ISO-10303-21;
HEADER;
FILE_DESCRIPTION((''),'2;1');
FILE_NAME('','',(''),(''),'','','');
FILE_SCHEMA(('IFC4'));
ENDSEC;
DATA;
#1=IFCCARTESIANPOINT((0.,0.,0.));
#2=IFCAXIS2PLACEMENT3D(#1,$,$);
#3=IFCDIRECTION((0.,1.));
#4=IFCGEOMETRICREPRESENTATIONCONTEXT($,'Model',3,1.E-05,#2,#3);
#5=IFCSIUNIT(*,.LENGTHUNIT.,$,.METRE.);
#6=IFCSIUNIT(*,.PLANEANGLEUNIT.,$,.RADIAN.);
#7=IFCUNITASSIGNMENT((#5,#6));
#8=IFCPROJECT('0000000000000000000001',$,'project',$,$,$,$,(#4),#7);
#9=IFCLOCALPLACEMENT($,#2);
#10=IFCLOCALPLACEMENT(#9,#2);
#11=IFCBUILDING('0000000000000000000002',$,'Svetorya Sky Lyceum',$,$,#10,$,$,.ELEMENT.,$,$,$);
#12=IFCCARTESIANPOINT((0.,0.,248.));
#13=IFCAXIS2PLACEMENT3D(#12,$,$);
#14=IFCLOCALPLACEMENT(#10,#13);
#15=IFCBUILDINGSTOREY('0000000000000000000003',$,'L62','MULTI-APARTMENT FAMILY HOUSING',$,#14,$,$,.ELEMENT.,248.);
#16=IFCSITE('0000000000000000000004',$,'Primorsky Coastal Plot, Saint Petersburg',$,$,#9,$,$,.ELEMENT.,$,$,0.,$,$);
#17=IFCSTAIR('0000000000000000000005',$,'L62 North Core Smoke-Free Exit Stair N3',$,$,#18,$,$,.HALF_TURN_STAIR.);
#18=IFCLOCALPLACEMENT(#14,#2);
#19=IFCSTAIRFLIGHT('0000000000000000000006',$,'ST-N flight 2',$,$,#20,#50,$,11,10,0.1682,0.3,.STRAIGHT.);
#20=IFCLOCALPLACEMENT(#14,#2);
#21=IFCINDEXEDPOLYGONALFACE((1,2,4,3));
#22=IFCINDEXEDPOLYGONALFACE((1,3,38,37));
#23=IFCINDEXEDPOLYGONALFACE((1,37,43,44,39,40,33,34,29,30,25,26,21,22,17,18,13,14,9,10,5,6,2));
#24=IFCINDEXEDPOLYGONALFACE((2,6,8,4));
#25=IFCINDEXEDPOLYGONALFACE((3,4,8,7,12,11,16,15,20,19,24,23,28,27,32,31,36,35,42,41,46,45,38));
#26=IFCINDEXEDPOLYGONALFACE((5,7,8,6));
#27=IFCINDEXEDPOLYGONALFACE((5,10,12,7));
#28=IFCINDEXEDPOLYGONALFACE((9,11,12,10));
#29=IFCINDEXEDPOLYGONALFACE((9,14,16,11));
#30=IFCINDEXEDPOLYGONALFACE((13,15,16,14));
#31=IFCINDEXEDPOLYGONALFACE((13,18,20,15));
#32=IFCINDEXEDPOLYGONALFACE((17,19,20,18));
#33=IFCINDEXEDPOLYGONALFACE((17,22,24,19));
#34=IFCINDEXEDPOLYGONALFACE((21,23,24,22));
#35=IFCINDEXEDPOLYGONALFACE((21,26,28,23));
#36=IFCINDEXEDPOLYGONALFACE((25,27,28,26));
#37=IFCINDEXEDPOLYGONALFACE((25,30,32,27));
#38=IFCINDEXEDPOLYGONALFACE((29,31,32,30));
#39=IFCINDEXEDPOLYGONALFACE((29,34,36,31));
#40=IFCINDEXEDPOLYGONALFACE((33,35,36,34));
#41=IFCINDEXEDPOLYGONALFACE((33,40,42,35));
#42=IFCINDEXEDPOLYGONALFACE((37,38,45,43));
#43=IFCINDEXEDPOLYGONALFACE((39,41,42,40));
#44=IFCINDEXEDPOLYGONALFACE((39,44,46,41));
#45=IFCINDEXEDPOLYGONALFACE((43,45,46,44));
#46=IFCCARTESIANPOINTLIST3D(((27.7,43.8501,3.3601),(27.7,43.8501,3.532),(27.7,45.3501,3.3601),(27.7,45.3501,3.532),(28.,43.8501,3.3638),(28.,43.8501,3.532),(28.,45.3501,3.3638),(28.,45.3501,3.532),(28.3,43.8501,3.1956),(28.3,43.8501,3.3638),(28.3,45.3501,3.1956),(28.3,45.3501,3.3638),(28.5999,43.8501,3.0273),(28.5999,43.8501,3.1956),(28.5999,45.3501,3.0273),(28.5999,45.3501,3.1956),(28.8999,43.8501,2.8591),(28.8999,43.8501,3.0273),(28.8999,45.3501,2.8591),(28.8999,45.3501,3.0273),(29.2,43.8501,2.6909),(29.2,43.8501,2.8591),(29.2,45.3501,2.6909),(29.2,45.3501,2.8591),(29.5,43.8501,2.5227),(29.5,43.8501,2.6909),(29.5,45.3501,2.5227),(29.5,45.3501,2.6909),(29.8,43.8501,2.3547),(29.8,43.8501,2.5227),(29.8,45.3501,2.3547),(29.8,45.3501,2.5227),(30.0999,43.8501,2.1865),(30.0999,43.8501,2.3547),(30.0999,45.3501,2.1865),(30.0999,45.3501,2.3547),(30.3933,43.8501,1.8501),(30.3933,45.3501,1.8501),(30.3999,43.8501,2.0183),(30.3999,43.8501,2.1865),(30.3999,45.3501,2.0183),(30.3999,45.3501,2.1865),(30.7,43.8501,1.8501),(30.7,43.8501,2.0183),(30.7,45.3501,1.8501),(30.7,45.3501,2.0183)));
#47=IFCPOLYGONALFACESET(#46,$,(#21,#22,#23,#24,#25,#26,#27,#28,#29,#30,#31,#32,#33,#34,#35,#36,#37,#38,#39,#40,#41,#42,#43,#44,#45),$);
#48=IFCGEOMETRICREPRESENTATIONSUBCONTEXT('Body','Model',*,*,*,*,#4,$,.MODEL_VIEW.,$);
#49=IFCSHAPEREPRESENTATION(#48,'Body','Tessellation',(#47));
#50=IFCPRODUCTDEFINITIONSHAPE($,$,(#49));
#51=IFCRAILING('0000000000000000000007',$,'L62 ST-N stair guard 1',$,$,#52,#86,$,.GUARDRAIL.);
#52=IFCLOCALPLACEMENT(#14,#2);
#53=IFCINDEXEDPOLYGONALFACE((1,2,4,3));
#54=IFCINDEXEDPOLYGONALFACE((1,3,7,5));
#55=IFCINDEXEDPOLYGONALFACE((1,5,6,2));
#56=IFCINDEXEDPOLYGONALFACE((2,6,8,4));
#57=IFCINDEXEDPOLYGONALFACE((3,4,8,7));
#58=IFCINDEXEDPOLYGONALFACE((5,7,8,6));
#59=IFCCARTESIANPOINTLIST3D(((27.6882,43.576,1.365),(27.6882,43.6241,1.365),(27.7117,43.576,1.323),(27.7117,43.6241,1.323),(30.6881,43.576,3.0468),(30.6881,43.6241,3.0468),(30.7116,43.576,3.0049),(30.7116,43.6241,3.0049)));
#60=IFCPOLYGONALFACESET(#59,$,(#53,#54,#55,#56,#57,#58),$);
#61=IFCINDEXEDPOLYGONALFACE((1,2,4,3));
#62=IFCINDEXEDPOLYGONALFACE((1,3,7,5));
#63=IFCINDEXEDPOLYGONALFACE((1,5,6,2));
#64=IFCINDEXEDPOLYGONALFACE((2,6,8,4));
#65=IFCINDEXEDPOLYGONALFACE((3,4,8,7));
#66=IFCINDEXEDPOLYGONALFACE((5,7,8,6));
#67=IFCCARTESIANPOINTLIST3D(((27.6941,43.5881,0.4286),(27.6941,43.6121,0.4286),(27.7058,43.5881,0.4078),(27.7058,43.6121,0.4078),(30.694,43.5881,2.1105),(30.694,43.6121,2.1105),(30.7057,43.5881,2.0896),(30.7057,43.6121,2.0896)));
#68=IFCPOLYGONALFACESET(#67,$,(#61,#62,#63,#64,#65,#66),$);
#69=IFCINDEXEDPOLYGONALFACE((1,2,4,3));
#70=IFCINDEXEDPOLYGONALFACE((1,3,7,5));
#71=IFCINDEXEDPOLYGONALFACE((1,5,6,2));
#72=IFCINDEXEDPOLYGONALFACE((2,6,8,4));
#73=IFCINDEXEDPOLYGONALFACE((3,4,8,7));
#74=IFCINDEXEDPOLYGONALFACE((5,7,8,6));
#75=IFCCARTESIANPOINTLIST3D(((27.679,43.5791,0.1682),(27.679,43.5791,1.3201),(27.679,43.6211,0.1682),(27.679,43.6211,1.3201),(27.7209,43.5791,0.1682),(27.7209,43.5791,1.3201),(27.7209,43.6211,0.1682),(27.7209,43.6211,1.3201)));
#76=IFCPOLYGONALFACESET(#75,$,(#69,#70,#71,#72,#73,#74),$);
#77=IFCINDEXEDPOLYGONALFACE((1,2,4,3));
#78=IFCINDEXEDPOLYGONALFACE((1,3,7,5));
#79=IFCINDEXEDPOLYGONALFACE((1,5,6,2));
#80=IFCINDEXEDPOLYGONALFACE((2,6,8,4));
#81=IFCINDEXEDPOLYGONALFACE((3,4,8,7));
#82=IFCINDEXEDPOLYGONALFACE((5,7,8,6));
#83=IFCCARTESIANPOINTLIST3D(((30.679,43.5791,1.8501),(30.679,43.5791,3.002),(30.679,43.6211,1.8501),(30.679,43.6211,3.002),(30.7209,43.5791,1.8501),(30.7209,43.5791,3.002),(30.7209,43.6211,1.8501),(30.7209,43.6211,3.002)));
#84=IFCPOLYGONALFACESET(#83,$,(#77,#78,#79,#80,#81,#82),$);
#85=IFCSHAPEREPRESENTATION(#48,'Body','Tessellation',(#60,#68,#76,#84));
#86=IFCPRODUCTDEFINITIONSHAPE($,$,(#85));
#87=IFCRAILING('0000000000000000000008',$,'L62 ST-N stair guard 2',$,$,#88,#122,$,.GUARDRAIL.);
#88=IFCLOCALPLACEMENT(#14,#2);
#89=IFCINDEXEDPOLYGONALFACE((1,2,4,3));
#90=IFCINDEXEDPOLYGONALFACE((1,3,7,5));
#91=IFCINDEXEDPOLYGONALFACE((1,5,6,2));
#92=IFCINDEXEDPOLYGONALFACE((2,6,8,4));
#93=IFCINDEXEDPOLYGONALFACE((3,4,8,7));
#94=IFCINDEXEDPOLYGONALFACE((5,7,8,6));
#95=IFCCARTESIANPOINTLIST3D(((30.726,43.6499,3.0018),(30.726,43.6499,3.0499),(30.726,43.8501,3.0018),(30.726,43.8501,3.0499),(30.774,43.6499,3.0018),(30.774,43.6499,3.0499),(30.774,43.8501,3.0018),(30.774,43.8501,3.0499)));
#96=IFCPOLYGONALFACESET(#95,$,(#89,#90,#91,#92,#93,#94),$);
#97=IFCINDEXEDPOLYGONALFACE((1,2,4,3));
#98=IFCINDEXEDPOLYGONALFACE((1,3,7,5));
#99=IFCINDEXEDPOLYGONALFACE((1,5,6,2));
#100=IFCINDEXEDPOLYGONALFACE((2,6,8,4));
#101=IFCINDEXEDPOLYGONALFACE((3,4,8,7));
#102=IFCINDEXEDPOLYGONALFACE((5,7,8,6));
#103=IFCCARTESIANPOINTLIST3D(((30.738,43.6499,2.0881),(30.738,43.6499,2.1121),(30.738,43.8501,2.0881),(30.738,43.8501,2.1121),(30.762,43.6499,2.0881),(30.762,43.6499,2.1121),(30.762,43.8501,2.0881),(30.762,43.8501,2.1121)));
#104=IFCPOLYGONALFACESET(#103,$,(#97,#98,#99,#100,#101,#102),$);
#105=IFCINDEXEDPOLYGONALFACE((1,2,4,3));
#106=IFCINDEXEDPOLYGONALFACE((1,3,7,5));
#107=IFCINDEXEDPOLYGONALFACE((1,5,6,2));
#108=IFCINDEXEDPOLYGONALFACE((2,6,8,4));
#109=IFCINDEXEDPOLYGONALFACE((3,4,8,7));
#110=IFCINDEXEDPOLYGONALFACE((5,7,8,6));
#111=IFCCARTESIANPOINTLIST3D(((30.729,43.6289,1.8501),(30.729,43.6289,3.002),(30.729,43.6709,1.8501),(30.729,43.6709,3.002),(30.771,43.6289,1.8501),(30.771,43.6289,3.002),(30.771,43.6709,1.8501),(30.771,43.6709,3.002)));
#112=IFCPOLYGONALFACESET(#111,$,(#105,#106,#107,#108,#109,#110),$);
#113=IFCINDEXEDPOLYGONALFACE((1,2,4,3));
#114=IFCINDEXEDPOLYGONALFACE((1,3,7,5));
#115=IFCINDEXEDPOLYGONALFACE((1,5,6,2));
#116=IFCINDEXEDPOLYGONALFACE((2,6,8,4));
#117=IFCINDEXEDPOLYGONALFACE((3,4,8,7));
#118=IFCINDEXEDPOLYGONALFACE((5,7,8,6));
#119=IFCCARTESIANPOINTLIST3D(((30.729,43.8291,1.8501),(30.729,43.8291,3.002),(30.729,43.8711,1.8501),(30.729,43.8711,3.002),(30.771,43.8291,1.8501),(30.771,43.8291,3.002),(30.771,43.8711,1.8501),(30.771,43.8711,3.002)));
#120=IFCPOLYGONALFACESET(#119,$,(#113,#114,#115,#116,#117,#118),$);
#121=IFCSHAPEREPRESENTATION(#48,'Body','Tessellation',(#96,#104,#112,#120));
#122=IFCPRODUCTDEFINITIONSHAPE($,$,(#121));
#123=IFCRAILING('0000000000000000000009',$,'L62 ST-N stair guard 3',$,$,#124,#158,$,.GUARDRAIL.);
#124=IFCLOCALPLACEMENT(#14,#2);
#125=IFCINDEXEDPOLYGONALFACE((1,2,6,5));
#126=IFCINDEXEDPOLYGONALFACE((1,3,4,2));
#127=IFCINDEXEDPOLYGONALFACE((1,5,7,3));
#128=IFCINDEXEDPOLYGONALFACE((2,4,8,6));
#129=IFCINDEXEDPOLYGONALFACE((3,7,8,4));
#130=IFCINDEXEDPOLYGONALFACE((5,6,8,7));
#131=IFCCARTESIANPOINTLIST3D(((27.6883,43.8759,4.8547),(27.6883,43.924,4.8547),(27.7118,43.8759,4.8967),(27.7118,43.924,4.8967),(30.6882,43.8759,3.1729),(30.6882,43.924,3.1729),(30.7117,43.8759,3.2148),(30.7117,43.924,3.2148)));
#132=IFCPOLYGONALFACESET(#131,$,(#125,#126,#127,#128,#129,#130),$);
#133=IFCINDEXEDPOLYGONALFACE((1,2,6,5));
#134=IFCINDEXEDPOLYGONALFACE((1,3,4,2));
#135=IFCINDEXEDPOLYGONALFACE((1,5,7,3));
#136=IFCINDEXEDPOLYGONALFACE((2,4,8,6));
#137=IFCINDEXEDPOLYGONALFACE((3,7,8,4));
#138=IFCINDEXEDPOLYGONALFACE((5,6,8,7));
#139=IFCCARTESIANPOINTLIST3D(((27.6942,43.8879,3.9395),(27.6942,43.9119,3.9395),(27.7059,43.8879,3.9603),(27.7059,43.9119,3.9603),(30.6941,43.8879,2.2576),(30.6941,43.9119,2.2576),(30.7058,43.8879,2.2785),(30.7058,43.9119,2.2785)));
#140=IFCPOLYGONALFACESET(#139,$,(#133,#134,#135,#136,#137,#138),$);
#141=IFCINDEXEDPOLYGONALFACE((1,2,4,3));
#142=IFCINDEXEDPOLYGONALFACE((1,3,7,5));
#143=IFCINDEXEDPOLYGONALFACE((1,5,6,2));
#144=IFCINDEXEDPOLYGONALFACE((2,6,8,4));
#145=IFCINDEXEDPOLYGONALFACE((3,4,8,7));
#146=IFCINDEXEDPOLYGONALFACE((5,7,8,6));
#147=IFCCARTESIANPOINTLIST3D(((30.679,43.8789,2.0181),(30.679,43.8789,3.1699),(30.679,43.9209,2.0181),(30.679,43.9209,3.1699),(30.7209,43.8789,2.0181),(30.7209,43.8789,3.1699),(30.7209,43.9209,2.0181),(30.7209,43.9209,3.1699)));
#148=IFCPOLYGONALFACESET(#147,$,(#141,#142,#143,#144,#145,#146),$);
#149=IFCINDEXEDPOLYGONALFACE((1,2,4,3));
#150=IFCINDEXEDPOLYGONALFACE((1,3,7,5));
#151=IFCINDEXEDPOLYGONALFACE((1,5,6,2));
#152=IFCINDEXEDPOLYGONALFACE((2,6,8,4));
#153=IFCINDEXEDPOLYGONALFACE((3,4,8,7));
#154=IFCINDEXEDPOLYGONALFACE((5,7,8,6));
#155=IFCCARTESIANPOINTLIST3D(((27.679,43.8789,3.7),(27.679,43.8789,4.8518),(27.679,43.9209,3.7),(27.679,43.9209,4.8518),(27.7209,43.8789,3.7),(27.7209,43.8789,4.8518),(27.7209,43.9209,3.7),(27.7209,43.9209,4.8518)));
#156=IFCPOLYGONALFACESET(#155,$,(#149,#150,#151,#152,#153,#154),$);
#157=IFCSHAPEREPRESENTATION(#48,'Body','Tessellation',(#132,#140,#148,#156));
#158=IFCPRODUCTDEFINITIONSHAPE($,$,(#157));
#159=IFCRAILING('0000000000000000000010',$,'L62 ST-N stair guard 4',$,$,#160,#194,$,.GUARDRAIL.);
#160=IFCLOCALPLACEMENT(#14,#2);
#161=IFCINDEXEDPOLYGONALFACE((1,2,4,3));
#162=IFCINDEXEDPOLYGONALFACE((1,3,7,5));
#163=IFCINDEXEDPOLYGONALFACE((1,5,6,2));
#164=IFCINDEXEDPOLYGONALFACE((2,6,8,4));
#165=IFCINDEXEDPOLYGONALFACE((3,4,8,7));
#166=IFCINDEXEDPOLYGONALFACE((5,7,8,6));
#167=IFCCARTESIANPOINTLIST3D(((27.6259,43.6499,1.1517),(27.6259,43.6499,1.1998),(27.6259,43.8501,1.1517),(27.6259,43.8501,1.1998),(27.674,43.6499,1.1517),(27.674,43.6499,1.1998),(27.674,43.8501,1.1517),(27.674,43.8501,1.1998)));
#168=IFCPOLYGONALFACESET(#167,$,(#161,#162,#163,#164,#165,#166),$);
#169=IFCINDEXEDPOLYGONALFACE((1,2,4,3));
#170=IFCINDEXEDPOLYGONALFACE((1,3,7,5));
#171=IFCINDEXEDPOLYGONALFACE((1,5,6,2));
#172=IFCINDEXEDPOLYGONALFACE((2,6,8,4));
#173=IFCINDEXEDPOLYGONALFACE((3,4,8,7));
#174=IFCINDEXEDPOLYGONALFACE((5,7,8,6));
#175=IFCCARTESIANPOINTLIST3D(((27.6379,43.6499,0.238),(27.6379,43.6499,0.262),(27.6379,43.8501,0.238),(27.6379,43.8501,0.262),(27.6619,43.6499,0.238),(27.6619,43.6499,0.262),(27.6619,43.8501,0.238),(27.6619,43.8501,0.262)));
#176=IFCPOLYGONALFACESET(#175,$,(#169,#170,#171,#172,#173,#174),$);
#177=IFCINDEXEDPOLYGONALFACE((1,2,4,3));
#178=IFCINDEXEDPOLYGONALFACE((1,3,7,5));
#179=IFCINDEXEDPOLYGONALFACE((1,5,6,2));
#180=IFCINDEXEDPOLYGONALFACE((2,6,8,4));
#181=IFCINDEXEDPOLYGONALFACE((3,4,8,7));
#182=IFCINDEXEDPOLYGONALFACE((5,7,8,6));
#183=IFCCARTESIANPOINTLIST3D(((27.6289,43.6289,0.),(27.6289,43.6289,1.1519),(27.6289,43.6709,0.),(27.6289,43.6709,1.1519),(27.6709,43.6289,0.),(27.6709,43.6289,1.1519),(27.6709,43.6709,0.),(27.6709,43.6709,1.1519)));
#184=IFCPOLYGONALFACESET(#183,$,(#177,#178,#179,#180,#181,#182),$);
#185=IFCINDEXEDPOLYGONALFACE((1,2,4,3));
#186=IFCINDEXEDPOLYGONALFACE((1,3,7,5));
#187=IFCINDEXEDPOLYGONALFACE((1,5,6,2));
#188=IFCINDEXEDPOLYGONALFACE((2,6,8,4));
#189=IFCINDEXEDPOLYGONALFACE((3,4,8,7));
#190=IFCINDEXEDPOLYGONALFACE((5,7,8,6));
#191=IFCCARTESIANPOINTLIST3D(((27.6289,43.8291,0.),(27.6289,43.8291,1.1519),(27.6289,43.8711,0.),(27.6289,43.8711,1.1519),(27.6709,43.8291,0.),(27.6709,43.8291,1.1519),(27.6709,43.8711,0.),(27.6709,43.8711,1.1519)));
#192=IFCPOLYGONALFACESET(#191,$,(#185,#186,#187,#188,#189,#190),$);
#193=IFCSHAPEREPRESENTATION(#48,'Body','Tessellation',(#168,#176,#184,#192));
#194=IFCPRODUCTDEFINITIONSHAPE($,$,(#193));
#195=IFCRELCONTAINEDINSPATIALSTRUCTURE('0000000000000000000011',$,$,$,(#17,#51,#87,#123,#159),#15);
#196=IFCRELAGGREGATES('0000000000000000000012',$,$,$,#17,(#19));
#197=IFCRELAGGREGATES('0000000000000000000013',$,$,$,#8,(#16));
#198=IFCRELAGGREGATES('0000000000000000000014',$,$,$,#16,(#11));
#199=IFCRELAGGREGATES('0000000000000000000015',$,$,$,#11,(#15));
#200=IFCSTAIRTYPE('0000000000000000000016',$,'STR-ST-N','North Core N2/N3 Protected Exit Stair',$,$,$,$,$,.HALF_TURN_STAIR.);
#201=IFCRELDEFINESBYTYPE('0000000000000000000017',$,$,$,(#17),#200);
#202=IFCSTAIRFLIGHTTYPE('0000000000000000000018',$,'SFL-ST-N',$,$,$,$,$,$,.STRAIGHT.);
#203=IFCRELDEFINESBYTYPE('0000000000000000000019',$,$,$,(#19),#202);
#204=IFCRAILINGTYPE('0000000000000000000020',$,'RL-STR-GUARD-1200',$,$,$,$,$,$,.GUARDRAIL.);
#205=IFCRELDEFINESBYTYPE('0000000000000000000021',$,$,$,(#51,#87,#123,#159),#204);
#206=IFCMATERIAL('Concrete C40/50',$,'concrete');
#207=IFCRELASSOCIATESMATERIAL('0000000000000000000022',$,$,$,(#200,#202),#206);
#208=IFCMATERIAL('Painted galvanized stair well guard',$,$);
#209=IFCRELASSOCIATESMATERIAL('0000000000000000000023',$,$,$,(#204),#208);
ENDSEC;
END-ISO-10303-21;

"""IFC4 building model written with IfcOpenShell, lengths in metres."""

from ifc_helpers import new_model, si_unit, direction, frame, origin, origin_2d, place, context, subcontext, project, spatial, polyline, rectangle, outline, extrude, material, type_object, element, aggregate, save


model = new_model("IFC4")

# Units and contexts
model_context = context("Model", 3, precision=1e-05, world=origin(), true_north=direction((0.0, 1.0)))
body_context = subcontext(model_context, "Body", "Model", "MODEL_VIEW")
ifc_project = project(units=[si_unit("LENGTHUNIT", "METRE"), si_unit("PLANEANGLEUNIT", "RADIAN")], contexts=[model_context])

# Site, building, storey
site_placement = place(None, origin())
site = spatial("IfcSite", under=ifc_project, at=site_placement, Name="Primorsky Coastal Plot, Saint Petersburg", CompositionType="ELEMENT", RefElevation=0.0)
building_placement = place(site_placement, origin())
building = spatial("IfcBuilding", under=site, at=building_placement, Name="Svetorya Sky Lyceum", CompositionType="ELEMENT")
storey_placement = place(building_placement, frame((0.0, 0.0, 248.0)))
storey = spatial("IfcBuildingStorey", under=building, at=storey_placement, Name="L62", Description="MULTI-APARTMENT FAMILY HOUSING", CompositionType="ELEMENT", Elevation=248.0)

# Stair, stair flight
ifc_material_1 = material(Name="Concrete C40/50", Category="concrete")
stair_type = type_object("IfcStairType", Name="STR-ST-N", Description="North Core N2/N3 Protected Exit Stair", PredefinedType="HALF_TURN_STAIR", material=ifc_material_1)
stair_placement = place(storey_placement, origin())
stair = element("IfcStair", 1, at=stair_placement, inside=storey, type_object=stair_type, Name="L62 North Core Smoke-Free Exit Stair N3", PredefinedType="HALF_TURN_STAIR")
stair_flight_type = type_object("IfcStairFlightType", Name="SFL-ST-N", PredefinedType="STRAIGHT", material=ifc_material_1)
stair_flight_1_placement = place(storey_placement, frame((30.7, 44.6001, 1.8501), z_axis=(0.0, 0.0, 1.0), x_axis=(-1.0, 0.0, 0.0)))
stair_flight_1 = element("IfcStairFlight", 2, at=stair_flight_1_placement, type_object=stair_flight_type, Name="ST-N flight 2", NumberOfRisers=11, NumberOfTreads=10, PredefinedType="STRAIGHT", RiserHeight=0.1682, TreadLength=0.3, context=body_context, shape_type="SweptSolid", body=[
    extrude(outline(polyline([(0.0, 0.0), (0.0, 0.1682), (0.3, 0.1682), (0.3, 0.3364), (0.6001, 0.3364), (0.6001, 0.5046), (0.8999, 0.5046), (0.8999, 0.6726), (1.2, 0.6726), (1.2, 0.8408), (1.5, 0.8408), (1.5, 1.009), (1.8, 1.009), (1.8, 1.1772), (2.1001, 1.1772), (2.1001, 1.3455), (2.3999, 1.3455), (2.3999, 1.5137), (2.7, 1.5137), (2.7, 1.6819), (3.0, 1.6819), (3.0, 1.8501), (3.0, 1.51), (0.3066, 0.0), (0.0, 0.0)])), frame((0.0, 0.75, 0.0), z_axis=(0.0, -1.0, 0.0), x_axis=(1.0, 0.0, 0.0)), (0.0, 0.0, 1.0), 1.5),
])
aggregate(stair, [stair_flight_1])

# Railings
ifc_material_2 = material(Name="Painted galvanized stair well guard")
railing_type_1 = type_object("IfcRailingType", Name="RL-STR-GUARD-1200", PredefinedType="GUARDRAIL", material=ifc_material_2)
railing_1_placement = place(storey_placement, frame((27.7, 43.6001, 0.1682)))
element("IfcRailing", 3, at=railing_1_placement, inside=storey, type_object=railing_type_1, Name="L62 ST-N stair guard 1", PredefinedType="GUARDRAIL", context=body_context, shape_type="SweptSolid", body=[
    extrude(rectangle(XDim=0.0481, YDim=0.0481, at=origin_2d()), frame((0.0, 0.0, 1.1758), z_axis=(0.872272, 0.0, 0.48902), x_axis=(0.0, 1.0, 0.0)), (0.0, 0.0, 1.0), 3.4392),
    extrude(rectangle(XDim=0.0239, YDim=0.0239, at=origin_2d()), frame((0.0, 0.0, 0.25), z_axis=(0.872272, 0.0, 0.48902), x_axis=(0.0, 1.0, 0.0)), (0.0, 0.0, 1.0), 3.4392),
    extrude(rectangle(XDim=0.042, YDim=0.042, at=origin_2d()), origin(), (0.0, 0.0, 1.0), 1.1519),
    extrude(rectangle(XDim=0.042, YDim=0.042, at=origin_2d()), frame((3.0, 0.0, 1.6819)), (0.0, 0.0, 1.0), 1.1519),
])
railing_2_placement = place(storey_placement, frame((30.75, 43.6499, 1.8501)))
element("IfcRailing", 4, at=railing_2_placement, inside=storey, type_object=railing_type_1, Name="L62 ST-N stair guard 2", PredefinedType="GUARDRAIL", context=body_context, shape_type="SweptSolid", body=[
    extrude(rectangle(XDim=0.0481, YDim=0.0481, at=origin_2d()), frame((0.0, 0.0, 1.1758), z_axis=(0.0, 1.0, 0.0), x_axis=(-1.0, 0.0, 0.0)), (0.0, 0.0, 1.0), 0.2002),
    extrude(rectangle(XDim=0.0239, YDim=0.0239, at=origin_2d()), frame((0.0, 0.0, 0.25), z_axis=(0.0, 1.0, 0.0), x_axis=(-1.0, 0.0, 0.0)), (0.0, 0.0, 1.0), 0.2002),
    extrude(rectangle(XDim=0.042, YDim=0.042, at=origin_2d()), origin(), (0.0, 0.0, 1.0), 1.1519),
    extrude(rectangle(XDim=0.042, YDim=0.042, at=origin_2d()), frame((0.0, 0.2002, 0.0)), (0.0, 0.0, 1.0), 1.1519),
])
railing_3_placement = place(storey_placement, frame((30.7, 43.8999, 2.0181)))
element("IfcRailing", 5, at=railing_3_placement, inside=storey, type_object=railing_type_1, Name="L62 ST-N stair guard 3", PredefinedType="GUARDRAIL", context=body_context, shape_type="SweptSolid", body=[
    extrude(rectangle(XDim=0.0481, YDim=0.0481, at=origin_2d()), frame((0.0, 0.0, 1.1758), z_axis=(-0.872272, 0.0, 0.48902), x_axis=(0.0, -1.0, 0.0)), (0.0, 0.0, 1.0), 3.4392),
    extrude(rectangle(XDim=0.0239, YDim=0.0239, at=origin_2d()), frame((0.0, 0.0, 0.25), z_axis=(-0.872272, 0.0, 0.48902), x_axis=(0.0, -1.0, 0.0)), (0.0, 0.0, 1.0), 3.4392),
    extrude(rectangle(XDim=0.042, YDim=0.042, at=origin_2d()), origin(), (0.0, 0.0, 1.0), 1.1519),
    extrude(rectangle(XDim=0.042, YDim=0.042, at=origin_2d()), frame((-3.0, 0.0, 1.6819)), (0.0, 0.0, 1.0), 1.1519),
])
railing_4_placement = place(storey_placement, frame((27.6499, 43.6499, 0.0)))
element("IfcRailing", 6, at=railing_4_placement, inside=storey, type_object=railing_type_1, Name="L62 ST-N stair guard 4", PredefinedType="GUARDRAIL", context=body_context, shape_type="SweptSolid", body=[
    extrude(rectangle(XDim=0.0481, YDim=0.0481, at=origin_2d()), frame((0.0, 0.0, 1.1758), z_axis=(0.0, 1.0, 0.0), x_axis=(-1.0, 0.0, 0.0)), (0.0, 0.0, 1.0), 0.2002),
    extrude(rectangle(XDim=0.0239, YDim=0.0239, at=origin_2d()), frame((0.0, 0.0, 0.25), z_axis=(0.0, 1.0, 0.0), x_axis=(-1.0, 0.0, 0.0)), (0.0, 0.0, 1.0), 0.2002),
    extrude(rectangle(XDim=0.042, YDim=0.042, at=origin_2d()), origin(), (0.0, 0.0, 1.0), 1.1519),
    extrude(rectangle(XDim=0.042, YDim=0.042, at=origin_2d()), frame((0.0, 0.2002, 0.0)), (0.0, 0.0, 1.0), 1.1519),
])

save(model, "model.ifc")
